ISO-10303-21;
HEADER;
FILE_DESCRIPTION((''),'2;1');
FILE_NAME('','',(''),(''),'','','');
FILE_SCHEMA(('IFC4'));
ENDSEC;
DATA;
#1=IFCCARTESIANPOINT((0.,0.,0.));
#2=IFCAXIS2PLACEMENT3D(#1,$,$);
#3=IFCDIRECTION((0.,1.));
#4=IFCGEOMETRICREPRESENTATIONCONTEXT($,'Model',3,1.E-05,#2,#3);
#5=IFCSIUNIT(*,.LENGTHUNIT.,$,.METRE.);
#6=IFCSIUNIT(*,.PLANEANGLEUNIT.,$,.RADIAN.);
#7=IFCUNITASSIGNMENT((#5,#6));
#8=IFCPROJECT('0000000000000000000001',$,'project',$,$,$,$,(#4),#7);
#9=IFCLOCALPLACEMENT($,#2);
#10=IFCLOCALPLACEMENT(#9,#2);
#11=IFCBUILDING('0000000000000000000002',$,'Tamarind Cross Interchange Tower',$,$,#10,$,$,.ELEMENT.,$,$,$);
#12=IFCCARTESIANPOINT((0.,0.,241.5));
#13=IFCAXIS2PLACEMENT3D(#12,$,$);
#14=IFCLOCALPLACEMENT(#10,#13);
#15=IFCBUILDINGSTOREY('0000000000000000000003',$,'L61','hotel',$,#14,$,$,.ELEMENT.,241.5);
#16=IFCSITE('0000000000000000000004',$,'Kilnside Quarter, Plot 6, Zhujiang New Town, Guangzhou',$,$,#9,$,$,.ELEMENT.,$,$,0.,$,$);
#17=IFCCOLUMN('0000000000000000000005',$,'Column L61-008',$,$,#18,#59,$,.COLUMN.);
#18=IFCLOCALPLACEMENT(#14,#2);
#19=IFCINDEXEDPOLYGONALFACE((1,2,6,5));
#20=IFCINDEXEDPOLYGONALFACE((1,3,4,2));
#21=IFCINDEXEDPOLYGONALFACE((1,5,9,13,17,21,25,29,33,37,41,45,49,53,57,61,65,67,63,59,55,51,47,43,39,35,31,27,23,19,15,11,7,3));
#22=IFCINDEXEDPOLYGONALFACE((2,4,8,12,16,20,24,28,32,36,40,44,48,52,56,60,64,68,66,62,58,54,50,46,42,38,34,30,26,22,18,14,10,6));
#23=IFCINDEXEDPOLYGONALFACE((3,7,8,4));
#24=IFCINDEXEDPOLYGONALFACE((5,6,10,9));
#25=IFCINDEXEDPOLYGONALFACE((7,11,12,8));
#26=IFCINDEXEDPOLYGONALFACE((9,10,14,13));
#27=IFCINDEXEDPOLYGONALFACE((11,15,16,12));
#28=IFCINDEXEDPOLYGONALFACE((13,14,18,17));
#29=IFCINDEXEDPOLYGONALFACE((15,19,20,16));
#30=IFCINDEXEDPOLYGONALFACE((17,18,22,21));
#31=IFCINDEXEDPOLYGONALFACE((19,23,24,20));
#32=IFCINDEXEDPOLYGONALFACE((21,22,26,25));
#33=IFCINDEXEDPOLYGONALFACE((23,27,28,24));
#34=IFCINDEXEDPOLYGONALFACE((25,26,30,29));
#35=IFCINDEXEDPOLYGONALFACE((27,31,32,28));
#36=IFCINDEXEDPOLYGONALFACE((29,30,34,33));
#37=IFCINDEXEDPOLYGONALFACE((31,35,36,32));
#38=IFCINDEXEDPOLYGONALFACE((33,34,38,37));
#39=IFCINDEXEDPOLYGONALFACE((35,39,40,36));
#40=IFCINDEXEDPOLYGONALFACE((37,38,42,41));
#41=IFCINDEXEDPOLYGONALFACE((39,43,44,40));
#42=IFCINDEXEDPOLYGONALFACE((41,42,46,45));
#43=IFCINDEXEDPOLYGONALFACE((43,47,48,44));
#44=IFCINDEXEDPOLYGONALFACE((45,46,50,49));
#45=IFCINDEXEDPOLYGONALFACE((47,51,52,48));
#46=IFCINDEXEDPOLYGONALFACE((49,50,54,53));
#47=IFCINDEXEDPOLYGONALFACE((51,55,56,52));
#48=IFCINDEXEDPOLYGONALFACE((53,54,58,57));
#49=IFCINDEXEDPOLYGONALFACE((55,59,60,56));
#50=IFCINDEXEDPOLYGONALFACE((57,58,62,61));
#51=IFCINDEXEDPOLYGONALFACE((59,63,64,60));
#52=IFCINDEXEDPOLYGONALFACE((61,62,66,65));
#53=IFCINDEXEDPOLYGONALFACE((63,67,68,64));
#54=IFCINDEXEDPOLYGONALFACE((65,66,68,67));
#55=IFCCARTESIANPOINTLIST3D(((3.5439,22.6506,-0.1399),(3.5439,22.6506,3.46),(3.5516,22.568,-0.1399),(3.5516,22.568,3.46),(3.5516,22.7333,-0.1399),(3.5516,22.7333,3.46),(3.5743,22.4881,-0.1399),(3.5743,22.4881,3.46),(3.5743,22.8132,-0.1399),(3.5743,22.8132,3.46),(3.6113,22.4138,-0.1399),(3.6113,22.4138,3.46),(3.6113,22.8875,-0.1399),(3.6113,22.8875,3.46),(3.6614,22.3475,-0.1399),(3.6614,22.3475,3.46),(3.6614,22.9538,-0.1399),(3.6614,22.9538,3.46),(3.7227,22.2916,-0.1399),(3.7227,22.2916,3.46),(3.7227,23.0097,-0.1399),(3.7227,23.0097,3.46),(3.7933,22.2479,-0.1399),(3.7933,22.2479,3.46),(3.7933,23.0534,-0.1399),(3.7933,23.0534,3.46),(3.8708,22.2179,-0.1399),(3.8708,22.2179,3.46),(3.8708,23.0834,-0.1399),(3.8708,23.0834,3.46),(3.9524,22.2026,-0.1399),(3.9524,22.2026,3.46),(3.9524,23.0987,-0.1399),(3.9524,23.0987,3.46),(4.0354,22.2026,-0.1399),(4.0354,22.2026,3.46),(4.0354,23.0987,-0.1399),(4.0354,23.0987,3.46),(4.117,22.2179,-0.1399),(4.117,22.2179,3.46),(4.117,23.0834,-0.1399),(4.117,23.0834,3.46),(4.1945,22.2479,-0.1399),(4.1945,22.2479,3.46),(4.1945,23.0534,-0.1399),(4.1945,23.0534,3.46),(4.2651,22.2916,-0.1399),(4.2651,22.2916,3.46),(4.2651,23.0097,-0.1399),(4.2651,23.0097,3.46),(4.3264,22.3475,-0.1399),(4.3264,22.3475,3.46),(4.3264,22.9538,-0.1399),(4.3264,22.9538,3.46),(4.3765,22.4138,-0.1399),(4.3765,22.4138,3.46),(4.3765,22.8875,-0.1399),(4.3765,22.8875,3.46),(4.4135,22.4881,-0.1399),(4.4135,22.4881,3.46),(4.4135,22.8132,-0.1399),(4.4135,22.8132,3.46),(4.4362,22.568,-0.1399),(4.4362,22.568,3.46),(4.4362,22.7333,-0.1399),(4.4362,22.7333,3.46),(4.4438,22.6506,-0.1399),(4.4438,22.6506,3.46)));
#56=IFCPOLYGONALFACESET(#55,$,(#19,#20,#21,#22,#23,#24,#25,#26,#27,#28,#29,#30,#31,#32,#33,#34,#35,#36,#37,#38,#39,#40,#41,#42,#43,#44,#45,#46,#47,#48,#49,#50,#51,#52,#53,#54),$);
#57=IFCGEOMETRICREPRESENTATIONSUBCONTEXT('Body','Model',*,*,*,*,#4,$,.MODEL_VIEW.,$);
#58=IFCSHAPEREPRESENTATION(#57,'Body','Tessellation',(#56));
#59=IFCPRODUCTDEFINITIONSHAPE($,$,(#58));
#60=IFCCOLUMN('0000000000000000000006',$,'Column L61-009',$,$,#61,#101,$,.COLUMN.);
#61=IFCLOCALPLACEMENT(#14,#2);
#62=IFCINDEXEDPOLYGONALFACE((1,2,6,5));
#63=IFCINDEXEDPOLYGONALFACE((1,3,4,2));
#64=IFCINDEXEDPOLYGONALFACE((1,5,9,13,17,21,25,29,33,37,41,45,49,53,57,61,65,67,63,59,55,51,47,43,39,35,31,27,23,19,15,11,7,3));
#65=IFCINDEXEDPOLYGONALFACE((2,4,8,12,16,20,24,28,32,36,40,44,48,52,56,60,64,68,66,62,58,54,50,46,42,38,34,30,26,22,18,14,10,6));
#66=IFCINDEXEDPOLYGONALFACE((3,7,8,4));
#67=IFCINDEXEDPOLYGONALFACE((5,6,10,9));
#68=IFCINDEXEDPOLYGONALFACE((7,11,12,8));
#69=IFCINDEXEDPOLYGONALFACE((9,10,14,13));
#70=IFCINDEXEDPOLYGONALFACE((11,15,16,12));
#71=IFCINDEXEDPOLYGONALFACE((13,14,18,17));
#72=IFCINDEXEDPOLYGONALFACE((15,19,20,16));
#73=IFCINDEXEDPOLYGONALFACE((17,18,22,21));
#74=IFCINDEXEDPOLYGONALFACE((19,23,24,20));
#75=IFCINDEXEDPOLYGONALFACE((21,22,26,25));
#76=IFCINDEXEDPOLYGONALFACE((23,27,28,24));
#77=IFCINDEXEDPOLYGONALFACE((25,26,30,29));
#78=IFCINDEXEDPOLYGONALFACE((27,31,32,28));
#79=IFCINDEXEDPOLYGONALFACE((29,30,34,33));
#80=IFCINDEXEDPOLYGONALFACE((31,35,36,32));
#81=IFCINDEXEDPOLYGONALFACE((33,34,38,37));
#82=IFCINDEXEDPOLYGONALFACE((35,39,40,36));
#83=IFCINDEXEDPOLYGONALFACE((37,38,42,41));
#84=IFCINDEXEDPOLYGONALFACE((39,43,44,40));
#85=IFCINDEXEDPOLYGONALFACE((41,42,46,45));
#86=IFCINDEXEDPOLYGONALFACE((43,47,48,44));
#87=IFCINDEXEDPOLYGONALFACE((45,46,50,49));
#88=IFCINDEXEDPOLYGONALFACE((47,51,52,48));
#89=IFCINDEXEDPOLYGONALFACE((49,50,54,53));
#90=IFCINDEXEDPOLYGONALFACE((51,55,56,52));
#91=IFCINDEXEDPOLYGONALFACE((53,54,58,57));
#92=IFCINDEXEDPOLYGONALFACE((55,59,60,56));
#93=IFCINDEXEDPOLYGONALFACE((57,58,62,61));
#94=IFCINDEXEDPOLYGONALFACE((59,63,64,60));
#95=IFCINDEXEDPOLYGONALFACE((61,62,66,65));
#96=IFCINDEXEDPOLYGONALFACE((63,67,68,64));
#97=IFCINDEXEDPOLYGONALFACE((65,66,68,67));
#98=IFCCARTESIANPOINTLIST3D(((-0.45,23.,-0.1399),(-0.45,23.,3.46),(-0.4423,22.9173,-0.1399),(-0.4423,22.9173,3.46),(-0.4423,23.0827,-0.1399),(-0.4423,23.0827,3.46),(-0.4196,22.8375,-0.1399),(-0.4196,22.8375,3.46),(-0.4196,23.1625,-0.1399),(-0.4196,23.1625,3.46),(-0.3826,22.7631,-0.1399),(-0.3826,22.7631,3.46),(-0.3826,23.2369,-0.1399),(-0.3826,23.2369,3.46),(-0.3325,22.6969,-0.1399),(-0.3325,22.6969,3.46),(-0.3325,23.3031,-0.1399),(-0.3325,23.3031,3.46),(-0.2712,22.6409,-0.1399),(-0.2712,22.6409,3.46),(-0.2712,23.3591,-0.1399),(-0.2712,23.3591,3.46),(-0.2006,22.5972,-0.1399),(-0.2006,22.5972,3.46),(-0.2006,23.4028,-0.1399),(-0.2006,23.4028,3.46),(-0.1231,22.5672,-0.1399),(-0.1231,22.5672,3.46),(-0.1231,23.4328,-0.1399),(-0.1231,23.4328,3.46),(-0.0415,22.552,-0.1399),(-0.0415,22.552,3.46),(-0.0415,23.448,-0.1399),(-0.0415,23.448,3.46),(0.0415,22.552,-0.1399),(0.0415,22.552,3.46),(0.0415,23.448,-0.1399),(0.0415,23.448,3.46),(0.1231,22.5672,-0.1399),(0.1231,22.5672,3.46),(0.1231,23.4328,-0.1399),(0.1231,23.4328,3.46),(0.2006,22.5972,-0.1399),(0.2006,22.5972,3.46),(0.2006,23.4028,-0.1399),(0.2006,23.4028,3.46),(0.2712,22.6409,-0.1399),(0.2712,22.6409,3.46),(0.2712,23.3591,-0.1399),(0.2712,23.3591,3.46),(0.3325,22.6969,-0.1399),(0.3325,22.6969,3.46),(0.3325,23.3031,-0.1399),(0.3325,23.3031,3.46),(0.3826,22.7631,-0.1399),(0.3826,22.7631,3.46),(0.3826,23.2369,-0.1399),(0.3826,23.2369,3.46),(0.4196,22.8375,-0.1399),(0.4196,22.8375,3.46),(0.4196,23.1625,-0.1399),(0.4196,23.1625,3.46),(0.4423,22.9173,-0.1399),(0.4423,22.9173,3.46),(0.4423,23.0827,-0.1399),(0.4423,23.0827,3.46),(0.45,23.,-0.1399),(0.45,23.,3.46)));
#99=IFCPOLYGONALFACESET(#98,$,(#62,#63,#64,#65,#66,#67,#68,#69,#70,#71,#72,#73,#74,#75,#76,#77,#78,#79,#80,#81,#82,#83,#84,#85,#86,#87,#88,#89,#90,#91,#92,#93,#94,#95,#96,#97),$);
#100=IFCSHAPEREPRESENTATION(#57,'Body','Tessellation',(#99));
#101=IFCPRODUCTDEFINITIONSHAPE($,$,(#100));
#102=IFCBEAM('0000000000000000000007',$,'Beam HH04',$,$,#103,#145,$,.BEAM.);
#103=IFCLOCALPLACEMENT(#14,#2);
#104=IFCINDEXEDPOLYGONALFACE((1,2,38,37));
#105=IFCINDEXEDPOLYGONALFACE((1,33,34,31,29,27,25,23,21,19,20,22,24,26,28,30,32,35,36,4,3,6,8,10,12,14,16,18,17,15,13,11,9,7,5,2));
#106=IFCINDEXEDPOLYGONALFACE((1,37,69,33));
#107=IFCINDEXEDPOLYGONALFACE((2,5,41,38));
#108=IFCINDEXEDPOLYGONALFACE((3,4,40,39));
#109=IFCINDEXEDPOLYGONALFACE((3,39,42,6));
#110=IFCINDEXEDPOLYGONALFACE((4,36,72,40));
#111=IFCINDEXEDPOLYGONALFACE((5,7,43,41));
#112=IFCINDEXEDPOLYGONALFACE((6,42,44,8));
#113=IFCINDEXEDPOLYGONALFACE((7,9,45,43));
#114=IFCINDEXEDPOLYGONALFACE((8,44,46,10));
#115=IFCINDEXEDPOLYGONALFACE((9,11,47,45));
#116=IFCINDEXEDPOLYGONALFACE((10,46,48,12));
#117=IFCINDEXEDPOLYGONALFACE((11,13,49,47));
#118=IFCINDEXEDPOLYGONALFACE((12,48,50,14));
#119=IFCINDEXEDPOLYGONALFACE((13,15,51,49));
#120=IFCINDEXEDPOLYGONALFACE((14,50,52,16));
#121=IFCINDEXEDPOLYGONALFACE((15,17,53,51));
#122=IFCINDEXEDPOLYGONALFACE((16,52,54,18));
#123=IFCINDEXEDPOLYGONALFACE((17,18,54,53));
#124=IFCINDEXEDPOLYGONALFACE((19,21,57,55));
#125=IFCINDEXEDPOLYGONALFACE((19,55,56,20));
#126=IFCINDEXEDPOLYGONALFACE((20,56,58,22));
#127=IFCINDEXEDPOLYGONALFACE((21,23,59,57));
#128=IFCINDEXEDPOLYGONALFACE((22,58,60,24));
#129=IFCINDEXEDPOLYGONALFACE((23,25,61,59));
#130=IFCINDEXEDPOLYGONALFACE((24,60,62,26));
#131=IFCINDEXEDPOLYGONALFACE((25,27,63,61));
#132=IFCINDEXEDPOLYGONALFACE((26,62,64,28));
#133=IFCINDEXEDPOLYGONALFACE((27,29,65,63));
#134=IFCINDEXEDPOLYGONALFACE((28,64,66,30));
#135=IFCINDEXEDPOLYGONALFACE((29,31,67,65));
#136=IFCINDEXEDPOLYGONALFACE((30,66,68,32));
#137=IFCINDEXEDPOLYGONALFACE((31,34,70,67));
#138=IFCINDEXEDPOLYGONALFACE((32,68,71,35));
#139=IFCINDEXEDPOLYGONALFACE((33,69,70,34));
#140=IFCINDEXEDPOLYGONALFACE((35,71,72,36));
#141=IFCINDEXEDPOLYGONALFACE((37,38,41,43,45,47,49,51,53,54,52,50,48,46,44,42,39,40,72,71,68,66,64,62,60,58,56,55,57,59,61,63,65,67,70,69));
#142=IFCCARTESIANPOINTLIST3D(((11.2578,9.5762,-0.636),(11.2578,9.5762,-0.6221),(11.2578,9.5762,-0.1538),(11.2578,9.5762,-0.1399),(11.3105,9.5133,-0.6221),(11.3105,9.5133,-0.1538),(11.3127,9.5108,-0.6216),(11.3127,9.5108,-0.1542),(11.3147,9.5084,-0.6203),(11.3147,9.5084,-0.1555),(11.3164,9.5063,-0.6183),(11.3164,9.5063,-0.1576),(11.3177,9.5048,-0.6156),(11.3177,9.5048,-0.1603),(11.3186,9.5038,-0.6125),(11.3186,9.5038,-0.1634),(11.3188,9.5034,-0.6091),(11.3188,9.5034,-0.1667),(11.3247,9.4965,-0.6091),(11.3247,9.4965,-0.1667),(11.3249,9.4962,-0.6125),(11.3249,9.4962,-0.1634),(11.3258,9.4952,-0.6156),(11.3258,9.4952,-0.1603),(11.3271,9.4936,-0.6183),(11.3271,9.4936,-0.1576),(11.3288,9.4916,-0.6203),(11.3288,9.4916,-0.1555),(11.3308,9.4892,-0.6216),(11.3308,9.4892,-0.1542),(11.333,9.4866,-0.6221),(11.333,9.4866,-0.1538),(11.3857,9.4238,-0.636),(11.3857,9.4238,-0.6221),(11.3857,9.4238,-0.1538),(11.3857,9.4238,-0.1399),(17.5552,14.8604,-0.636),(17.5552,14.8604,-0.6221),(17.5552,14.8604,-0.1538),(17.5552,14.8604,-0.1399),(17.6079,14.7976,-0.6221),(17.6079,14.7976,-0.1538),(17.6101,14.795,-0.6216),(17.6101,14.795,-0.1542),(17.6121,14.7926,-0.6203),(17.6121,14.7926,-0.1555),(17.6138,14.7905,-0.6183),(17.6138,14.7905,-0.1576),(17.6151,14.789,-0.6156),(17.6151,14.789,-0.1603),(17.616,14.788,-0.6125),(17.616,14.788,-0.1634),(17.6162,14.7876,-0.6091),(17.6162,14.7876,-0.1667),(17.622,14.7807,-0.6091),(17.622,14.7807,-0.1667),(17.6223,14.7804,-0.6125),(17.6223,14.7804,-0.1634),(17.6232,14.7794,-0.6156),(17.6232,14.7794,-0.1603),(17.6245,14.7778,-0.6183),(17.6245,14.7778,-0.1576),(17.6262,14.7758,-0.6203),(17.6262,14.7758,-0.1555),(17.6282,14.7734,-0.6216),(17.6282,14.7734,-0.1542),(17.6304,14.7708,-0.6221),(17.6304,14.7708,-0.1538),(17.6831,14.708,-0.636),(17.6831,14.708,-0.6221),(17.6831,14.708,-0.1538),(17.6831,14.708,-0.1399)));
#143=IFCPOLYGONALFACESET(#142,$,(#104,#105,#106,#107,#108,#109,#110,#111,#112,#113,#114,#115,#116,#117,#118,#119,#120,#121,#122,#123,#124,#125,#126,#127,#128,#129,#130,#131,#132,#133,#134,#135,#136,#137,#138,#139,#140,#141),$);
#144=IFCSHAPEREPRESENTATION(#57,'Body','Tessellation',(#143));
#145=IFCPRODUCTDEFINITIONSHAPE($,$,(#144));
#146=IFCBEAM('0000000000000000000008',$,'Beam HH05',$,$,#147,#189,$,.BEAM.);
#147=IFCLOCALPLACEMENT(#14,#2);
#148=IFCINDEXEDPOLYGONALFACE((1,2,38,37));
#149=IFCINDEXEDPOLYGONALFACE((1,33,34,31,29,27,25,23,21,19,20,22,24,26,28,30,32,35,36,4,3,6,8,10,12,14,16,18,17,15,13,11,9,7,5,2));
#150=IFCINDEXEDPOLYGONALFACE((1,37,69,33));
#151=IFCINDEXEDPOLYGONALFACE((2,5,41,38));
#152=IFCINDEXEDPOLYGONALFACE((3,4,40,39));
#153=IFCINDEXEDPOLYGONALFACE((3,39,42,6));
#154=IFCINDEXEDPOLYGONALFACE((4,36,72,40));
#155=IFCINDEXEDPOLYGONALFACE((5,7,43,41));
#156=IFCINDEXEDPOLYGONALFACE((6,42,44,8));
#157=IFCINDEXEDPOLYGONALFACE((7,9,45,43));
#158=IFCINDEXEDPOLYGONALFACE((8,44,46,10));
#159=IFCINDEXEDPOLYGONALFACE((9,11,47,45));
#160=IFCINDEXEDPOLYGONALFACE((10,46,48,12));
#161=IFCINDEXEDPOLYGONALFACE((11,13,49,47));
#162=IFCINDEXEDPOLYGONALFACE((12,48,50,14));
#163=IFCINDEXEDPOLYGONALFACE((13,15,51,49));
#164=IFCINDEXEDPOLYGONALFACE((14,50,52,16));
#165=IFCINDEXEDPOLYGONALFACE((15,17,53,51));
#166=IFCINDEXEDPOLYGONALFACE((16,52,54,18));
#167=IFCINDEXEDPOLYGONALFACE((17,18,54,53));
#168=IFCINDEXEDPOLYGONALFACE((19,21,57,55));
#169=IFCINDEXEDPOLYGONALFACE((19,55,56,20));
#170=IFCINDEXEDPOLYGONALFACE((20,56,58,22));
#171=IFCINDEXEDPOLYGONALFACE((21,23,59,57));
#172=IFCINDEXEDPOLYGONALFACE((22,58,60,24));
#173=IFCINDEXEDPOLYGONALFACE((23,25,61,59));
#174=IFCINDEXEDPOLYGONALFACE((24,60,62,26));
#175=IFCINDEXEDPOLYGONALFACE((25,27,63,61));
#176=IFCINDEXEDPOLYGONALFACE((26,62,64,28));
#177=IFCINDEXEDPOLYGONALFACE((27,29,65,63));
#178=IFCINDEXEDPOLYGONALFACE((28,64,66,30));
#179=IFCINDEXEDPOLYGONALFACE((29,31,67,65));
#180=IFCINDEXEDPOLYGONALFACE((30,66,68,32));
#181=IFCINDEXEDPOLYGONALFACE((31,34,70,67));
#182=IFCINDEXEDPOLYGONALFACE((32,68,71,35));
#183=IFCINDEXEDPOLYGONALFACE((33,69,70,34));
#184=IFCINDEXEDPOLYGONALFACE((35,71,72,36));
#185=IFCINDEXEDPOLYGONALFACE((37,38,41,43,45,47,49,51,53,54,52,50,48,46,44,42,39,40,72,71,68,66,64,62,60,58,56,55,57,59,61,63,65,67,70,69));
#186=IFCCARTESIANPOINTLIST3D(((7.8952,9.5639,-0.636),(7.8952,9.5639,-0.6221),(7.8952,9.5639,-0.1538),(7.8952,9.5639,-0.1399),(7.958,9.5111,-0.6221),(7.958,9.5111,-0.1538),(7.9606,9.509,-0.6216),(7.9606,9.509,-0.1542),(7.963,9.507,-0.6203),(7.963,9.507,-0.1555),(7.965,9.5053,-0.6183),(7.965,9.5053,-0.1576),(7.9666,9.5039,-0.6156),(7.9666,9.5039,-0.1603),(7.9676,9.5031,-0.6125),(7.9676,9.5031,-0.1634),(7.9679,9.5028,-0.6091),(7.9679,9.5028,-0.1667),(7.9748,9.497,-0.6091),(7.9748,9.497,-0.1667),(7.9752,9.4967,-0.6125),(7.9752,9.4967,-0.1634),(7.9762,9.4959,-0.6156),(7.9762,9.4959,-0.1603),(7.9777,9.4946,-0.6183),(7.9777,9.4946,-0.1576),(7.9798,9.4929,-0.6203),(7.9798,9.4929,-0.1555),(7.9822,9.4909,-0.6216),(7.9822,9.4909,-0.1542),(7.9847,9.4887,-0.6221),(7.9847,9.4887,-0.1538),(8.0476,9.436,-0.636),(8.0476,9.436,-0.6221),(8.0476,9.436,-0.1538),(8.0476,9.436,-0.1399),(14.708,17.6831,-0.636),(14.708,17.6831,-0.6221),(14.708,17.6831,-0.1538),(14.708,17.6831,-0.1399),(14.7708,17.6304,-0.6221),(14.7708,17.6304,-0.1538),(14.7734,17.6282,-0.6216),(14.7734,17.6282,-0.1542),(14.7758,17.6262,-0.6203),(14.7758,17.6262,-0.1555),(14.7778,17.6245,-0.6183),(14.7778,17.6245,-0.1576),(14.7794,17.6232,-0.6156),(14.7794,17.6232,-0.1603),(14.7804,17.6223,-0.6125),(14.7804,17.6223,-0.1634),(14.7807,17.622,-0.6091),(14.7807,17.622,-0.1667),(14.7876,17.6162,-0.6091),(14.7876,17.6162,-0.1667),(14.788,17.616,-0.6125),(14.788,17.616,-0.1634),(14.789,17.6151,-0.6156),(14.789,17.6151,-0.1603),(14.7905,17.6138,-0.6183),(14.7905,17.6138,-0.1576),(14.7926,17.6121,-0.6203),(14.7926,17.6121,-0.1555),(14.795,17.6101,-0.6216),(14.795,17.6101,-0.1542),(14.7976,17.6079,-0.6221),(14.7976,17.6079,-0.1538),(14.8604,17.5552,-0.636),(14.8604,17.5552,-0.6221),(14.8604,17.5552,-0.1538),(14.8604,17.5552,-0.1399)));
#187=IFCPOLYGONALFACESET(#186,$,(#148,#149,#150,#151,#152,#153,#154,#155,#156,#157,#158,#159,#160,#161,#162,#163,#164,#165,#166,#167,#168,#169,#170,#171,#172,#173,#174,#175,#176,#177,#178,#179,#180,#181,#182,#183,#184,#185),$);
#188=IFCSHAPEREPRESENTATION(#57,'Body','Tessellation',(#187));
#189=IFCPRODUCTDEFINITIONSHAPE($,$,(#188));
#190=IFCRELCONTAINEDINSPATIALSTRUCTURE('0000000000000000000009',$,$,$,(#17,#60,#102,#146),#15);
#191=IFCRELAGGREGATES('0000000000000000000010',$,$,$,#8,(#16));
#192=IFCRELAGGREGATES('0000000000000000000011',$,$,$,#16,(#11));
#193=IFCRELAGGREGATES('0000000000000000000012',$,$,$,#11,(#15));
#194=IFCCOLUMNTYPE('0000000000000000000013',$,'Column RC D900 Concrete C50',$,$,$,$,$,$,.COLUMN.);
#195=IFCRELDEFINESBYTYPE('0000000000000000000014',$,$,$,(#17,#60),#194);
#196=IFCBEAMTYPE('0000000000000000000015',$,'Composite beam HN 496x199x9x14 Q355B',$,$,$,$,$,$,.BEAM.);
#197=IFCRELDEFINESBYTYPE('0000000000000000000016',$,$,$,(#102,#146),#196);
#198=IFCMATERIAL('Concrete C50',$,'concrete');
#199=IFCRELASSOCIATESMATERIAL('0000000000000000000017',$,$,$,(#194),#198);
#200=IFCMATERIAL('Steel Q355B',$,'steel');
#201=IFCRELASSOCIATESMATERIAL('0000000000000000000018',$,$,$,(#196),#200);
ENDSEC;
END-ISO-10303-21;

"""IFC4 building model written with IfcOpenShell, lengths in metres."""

from ifc_helpers import new_model, si_unit, direction, frame, origin, origin_2d, place, context, subcontext, project, spatial, circle, i_section, extrude, material, material_profile, profile_set, type_object, element, save


model = new_model("IFC4")

# Units and contexts
model_context = context("Model", 3, precision=1e-05, world=origin(), true_north=direction((0.0, 1.0)))
body_context = subcontext(model_context, "Body", "Model", "MODEL_VIEW")
ifc_project = project(units=[si_unit("LENGTHUNIT", "METRE"), si_unit("PLANEANGLEUNIT", "RADIAN")], contexts=[model_context])

# Site, building, storey
site_placement = place(None, origin())
site = spatial("IfcSite", under=ifc_project, at=site_placement, Name="Kilnside Quarter, Plot 6, Zhujiang New Town, Guangzhou", CompositionType="ELEMENT", RefElevation=0.0)
building_placement = place(site_placement, origin())
building = spatial("IfcBuilding", under=site, at=building_placement, Name="Tamarind Cross Interchange Tower", CompositionType="ELEMENT")
storey_placement = place(building_placement, frame((0.0, 0.0, 241.5)))
storey = spatial("IfcBuildingStorey", under=building, at=storey_placement, Name="L61", Description="hotel", CompositionType="ELEMENT", Elevation=241.5)

# Columns
ifc_material_1 = material(Name="Concrete C50", Category="concrete")
ifc_material_profile_1 = material_profile(ifc_material_1, circle(Radius=0.45, at=origin_2d()), Name="RC D900")
ifc_profile_set_1 = profile_set([ifc_material_profile_1], Name="Concrete C50")
column_type = type_object("IfcColumnType", Name="Column RC D900 Concrete C50", PredefinedType="COLUMN", material=ifc_profile_set_1)
for number, where, z_axis, x_axis, name in (
    (1, (3.9939, 22.6506, -0.1399), (0.0, 0.0, 1.0), (1.0, 0.0, 0.0), "Column L61-008"),
    (2, (0.0, 23.0, -0.1399), (0.0, 0.0, 1.0), (1.0, 0.0, 0.0), "Column L61-009"),
):
    element("IfcColumn", number, at=place(storey_placement, frame(where, z_axis=z_axis, x_axis=x_axis)), inside=storey, type_object=column_type, Name=name, PredefinedType="COLUMN", context=body_context, shape_type="SweptSolid", body=[
        extrude(circle(Radius=0.45, at=origin_2d()), origin(), (0.0, 0.0, 1.0), 3.5999),
    ])

# Beams
ifc_material_2 = material(Name="Steel Q355B", Category="steel")
ifc_material_profile_2 = material_profile(ifc_material_2, i_section(OverallWidth=0.199, OverallDepth=0.4961, WebThickness=0.009, FlangeThickness=0.0139, FilletRadius=0.0129, at=origin_2d()), Name="HN 496x199x9x14")
ifc_profile_set_2 = profile_set([ifc_material_profile_2], Name="Steel Q355B")
beam_type = type_object("IfcBeamType", Name="Composite beam HN 496x199x9x14 Q355B", PredefinedType="BEAM", material=ifc_profile_set_2)
beam_1_placement = place(storey_placement, frame((17.6191, 14.7842, -0.3879), z_axis=(-0.766041, -0.642792, 0.0), x_axis=(0.642792, -0.766041, 0.0)))
element("IfcBeam", 3, at=beam_1_placement, inside=storey, type_object=beam_type, Name="Beam HH04", PredefinedType="BEAM", context=body_context, shape_type="SweptSolid", body=[
    extrude(i_section(OverallWidth=0.199, OverallDepth=0.4961, WebThickness=0.009, FlangeThickness=0.0139, FilletRadius=0.0129, at=origin_2d()), origin(), (0.0, 0.0, 1.0), 8.2207),
])
beam_2_placement = place(storey_placement, frame((14.7842, 17.6191, -0.3879), z_axis=(-0.642786, -0.766046, 0.0), x_axis=(0.766046, -0.642786, 0.0)))
element("IfcBeam", 4, at=beam_2_placement, inside=storey, type_object=beam_type, Name="Beam HH05", PredefinedType="BEAM", context=body_context, shape_type="SweptSolid", body=[
    extrude(i_section(OverallWidth=0.199, OverallDepth=0.4961, WebThickness=0.009, FlangeThickness=0.0139, FilletRadius=0.0129, at=origin_2d()), origin(), (0.0, 0.0, 1.0), 10.5989),
])

save(model, "model.ifc")
